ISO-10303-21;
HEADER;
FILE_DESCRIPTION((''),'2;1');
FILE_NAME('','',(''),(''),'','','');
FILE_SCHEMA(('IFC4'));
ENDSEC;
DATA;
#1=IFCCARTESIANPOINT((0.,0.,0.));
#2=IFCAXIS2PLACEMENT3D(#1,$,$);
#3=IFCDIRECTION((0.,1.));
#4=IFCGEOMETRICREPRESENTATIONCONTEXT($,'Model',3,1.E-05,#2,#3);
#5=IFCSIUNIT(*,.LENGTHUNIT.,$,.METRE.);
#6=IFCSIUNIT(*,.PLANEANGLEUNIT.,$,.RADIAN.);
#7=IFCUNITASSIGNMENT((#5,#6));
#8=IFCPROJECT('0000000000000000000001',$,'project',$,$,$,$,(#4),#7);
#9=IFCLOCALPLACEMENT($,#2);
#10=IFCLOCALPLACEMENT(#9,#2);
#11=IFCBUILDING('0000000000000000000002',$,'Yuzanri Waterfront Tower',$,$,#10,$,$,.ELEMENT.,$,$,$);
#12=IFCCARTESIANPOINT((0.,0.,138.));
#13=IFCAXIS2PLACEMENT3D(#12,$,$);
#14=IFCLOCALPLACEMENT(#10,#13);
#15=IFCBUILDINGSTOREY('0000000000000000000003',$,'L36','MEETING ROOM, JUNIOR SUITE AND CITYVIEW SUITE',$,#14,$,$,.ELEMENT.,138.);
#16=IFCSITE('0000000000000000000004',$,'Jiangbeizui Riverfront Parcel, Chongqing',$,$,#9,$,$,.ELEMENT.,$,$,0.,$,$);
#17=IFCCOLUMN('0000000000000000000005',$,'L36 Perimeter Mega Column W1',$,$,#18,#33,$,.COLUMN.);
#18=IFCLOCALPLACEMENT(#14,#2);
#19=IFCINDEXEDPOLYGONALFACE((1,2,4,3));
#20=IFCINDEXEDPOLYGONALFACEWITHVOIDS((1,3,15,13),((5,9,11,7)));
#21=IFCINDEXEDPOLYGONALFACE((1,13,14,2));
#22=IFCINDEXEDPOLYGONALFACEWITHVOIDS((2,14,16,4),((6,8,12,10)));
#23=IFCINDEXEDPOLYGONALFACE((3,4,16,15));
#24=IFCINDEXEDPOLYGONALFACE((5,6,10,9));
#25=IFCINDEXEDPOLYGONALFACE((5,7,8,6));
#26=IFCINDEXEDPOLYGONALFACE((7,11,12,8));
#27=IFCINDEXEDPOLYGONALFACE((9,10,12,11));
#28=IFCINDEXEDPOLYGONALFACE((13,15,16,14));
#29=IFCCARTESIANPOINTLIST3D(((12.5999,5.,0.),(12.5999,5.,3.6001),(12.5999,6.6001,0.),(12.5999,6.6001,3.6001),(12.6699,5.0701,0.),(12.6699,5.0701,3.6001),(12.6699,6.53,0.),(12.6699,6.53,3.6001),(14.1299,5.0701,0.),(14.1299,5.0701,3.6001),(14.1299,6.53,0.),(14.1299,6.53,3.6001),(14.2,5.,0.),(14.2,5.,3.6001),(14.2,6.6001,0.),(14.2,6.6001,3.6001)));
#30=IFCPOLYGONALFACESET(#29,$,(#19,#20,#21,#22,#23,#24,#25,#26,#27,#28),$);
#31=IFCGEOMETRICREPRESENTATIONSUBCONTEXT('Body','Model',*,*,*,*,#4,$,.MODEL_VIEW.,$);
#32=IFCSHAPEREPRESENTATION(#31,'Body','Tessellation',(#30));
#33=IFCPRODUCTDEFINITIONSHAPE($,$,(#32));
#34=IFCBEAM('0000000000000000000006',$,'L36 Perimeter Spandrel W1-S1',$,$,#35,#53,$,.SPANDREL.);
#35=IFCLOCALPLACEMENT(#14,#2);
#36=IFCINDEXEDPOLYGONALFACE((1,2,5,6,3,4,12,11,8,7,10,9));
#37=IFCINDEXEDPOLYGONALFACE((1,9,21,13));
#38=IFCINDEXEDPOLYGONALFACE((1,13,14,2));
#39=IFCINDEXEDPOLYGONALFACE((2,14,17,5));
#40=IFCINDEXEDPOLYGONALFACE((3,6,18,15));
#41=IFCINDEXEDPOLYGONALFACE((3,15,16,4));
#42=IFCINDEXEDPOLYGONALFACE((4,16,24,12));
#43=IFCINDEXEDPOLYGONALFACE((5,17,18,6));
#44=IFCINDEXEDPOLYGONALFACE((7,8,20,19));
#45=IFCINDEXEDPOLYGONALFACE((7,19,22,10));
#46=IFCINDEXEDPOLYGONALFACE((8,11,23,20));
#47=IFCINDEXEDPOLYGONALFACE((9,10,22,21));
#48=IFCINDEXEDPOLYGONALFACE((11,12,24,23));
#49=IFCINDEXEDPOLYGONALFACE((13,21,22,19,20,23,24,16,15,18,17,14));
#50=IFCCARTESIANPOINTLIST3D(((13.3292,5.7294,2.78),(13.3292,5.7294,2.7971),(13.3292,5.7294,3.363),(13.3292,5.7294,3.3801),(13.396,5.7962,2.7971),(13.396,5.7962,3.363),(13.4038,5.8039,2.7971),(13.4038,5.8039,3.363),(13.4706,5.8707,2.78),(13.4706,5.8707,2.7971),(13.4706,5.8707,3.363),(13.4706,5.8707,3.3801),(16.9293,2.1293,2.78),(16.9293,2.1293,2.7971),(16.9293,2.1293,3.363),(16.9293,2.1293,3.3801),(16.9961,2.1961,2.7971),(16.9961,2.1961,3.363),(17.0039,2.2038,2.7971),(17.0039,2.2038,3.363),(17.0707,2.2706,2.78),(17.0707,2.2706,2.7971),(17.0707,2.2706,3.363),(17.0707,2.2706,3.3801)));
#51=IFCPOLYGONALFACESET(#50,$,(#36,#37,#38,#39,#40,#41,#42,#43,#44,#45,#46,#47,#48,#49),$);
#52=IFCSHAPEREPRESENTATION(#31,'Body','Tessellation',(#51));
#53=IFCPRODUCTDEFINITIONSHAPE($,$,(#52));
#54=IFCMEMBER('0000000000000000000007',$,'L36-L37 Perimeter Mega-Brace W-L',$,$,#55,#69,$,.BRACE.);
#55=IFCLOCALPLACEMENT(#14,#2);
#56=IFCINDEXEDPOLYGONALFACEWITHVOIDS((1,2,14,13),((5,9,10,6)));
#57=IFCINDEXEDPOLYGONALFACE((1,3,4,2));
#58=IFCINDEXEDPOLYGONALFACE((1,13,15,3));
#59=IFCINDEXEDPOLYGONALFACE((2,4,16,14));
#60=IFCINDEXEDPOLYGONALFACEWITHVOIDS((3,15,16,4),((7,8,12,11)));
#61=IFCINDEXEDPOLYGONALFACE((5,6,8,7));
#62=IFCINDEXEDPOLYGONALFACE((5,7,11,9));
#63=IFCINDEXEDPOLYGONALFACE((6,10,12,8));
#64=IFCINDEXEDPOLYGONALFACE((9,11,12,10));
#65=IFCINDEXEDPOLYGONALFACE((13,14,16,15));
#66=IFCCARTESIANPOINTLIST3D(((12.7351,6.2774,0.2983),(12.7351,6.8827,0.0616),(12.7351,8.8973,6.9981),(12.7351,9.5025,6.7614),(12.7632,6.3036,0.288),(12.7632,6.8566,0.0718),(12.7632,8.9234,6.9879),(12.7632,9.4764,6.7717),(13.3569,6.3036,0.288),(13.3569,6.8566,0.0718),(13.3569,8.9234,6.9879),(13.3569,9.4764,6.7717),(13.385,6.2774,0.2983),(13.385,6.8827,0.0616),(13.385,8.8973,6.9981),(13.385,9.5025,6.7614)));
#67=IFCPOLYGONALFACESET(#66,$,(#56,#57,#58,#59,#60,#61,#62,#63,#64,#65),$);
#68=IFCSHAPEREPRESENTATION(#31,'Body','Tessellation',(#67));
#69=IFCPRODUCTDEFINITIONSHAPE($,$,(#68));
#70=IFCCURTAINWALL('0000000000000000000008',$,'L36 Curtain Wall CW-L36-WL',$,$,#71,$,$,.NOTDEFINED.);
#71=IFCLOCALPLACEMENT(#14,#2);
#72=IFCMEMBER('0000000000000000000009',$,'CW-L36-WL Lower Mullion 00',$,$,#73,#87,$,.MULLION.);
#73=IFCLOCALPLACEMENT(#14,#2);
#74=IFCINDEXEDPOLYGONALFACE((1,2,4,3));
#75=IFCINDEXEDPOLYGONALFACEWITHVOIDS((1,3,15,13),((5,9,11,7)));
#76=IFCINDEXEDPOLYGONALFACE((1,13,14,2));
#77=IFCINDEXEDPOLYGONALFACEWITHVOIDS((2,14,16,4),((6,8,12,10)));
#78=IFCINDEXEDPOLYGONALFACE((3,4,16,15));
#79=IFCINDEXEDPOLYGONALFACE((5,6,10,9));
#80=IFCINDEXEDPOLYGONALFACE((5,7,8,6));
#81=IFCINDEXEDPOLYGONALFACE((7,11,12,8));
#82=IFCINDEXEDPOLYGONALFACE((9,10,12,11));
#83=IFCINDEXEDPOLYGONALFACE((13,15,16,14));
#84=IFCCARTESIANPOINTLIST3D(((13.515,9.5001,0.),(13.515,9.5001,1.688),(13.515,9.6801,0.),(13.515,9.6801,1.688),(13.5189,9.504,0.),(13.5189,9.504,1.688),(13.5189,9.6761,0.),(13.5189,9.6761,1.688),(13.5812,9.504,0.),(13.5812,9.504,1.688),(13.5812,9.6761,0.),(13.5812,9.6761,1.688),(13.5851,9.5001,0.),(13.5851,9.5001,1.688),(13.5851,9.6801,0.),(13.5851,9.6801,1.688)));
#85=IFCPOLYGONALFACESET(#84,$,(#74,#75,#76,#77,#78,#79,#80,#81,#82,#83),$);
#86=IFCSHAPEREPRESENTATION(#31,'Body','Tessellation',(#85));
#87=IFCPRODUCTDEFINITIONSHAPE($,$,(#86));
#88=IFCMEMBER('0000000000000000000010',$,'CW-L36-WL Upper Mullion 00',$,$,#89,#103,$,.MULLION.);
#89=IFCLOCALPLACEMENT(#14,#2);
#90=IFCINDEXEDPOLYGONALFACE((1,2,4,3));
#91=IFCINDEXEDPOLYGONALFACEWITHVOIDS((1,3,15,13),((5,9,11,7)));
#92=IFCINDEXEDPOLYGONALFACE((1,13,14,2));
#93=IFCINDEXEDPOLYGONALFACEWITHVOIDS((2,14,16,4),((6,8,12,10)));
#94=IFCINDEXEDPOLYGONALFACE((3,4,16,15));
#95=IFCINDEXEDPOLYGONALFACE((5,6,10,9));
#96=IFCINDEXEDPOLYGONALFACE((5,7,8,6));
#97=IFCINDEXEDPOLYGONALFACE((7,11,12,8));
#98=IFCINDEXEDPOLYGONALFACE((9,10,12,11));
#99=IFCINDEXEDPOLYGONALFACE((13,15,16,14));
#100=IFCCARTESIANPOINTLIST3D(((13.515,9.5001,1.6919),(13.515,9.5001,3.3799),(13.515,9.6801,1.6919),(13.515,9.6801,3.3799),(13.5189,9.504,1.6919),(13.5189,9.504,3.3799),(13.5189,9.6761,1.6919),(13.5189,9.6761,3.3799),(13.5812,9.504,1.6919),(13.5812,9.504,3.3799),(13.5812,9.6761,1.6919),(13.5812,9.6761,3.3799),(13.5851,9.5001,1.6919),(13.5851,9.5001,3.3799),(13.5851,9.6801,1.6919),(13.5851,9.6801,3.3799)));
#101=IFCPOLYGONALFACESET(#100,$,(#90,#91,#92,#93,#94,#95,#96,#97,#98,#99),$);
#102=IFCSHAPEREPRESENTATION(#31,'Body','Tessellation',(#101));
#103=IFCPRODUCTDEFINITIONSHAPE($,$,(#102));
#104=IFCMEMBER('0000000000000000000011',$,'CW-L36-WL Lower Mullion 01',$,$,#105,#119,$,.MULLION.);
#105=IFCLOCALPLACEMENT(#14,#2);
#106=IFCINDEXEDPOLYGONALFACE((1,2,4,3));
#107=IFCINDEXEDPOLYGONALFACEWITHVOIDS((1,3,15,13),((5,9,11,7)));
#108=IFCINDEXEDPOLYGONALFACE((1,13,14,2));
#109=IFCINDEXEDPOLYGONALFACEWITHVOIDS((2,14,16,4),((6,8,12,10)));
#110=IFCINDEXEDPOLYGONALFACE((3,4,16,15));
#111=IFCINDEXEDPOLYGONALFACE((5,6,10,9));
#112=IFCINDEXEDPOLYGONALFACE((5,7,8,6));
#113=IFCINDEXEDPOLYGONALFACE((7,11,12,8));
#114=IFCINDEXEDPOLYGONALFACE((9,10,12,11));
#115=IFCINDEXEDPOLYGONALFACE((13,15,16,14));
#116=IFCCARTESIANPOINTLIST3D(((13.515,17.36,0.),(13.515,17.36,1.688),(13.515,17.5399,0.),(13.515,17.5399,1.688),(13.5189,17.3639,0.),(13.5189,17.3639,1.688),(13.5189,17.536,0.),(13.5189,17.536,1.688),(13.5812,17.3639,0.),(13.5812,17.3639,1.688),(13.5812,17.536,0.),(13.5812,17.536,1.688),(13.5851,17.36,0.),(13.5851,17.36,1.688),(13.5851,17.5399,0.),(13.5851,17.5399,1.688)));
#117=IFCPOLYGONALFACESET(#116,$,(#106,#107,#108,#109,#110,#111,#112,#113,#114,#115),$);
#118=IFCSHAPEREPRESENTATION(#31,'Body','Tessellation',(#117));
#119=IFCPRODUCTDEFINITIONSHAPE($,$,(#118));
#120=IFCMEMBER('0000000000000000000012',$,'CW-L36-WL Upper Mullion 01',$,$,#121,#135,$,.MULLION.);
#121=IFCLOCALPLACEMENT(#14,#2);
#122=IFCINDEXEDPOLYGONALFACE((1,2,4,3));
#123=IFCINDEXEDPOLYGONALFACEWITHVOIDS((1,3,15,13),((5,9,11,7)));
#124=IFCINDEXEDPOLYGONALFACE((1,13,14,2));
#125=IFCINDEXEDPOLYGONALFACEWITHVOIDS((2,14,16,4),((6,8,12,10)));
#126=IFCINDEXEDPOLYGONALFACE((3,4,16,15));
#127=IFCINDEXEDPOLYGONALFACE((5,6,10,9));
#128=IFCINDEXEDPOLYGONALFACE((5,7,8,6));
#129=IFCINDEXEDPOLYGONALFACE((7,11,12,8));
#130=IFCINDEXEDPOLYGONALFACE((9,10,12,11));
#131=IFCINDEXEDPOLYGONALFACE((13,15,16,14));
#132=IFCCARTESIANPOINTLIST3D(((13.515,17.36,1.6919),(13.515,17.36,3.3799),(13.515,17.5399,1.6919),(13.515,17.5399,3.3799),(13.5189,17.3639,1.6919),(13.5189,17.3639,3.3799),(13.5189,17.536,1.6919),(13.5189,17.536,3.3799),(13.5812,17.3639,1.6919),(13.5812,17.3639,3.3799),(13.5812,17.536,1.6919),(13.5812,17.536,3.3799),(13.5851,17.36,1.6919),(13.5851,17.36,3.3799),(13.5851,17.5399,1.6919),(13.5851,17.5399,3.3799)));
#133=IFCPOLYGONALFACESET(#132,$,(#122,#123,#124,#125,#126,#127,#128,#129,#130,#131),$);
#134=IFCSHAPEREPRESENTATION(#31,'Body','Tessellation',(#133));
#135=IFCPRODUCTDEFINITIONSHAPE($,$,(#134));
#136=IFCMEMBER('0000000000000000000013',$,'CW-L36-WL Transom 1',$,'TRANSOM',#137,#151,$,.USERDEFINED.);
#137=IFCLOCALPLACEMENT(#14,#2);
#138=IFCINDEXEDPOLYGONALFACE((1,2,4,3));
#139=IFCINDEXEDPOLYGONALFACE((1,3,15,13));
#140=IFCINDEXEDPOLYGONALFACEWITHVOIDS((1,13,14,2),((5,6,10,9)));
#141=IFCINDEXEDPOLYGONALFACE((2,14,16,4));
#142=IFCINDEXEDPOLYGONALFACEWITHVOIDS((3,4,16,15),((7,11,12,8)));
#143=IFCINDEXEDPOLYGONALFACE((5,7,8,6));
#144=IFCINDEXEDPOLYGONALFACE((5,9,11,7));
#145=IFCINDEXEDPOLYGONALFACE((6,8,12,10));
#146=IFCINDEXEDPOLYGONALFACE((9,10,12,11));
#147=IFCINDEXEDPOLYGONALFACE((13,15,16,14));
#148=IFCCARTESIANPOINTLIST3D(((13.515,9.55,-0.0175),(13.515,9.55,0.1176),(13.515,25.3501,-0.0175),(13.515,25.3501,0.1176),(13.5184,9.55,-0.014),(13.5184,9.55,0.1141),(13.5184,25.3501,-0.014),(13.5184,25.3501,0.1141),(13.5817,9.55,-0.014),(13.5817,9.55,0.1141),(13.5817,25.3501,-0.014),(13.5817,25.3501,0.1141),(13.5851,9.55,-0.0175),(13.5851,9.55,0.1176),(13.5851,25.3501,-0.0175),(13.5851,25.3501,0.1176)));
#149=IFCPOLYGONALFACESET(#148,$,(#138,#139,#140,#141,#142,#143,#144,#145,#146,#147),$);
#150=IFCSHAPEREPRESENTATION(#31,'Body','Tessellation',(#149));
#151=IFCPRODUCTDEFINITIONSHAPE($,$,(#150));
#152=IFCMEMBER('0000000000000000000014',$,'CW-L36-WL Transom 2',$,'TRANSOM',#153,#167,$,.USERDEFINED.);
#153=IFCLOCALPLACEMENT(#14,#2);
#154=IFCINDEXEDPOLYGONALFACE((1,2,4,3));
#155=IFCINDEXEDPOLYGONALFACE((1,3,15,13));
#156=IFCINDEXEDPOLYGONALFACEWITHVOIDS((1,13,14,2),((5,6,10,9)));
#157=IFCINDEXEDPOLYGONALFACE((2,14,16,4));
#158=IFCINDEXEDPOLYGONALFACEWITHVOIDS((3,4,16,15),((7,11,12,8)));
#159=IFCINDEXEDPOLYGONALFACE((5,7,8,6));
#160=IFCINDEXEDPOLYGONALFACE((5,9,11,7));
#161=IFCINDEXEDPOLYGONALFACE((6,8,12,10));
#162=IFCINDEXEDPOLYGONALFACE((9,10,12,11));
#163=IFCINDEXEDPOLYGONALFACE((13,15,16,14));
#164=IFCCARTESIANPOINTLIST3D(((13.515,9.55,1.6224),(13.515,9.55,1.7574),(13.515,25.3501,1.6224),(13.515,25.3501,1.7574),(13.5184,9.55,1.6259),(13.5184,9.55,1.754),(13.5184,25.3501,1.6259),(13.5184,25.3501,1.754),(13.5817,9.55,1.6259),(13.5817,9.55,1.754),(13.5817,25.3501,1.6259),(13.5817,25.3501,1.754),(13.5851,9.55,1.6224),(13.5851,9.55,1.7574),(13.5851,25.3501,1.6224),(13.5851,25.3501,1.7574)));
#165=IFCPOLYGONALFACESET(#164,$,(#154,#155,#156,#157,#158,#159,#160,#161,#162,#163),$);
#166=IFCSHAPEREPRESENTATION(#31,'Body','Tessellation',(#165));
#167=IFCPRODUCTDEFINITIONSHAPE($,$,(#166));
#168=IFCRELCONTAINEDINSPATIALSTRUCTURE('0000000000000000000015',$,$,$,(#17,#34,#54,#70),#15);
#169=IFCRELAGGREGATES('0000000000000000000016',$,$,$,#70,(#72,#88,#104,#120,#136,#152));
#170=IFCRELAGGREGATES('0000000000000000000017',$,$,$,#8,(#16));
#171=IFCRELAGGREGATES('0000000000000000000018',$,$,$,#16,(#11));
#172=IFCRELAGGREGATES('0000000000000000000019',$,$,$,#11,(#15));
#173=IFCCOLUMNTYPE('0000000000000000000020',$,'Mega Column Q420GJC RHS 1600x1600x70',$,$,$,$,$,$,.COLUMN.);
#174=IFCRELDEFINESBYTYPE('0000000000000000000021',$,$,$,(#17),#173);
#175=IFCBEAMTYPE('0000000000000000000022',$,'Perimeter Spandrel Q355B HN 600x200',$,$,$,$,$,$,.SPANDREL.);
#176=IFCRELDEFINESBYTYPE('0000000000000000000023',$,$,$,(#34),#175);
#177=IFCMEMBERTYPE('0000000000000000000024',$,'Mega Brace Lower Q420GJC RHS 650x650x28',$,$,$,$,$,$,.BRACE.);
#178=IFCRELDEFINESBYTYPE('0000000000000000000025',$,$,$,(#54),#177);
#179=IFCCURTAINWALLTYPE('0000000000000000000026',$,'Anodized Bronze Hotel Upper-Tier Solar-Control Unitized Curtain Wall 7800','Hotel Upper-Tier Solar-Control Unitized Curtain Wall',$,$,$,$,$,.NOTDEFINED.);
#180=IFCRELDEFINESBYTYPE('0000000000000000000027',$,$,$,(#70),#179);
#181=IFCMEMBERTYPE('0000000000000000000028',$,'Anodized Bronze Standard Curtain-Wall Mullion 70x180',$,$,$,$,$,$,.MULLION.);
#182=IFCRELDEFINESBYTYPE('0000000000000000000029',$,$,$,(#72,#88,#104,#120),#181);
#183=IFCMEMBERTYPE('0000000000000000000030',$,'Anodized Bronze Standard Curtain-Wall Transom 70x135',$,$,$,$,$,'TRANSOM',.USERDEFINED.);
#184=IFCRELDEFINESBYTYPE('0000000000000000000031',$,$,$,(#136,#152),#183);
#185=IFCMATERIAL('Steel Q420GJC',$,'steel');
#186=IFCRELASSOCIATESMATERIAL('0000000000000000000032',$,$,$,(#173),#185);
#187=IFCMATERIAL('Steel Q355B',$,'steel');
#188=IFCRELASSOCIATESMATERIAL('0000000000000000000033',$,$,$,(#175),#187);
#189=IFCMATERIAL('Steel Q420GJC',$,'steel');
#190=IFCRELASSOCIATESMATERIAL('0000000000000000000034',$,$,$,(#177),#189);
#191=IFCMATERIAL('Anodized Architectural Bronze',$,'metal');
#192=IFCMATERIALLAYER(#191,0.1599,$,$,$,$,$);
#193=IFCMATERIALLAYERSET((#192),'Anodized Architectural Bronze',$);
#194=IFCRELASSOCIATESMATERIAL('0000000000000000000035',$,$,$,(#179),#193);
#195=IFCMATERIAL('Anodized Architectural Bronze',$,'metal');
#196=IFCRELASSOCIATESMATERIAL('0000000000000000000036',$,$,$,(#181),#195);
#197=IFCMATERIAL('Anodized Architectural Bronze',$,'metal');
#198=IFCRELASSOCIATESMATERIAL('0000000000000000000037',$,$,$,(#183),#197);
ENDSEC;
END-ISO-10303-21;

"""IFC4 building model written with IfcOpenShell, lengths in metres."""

from ifc_helpers import new_model, si_unit, direction, frame, origin, origin_2d, place, context, subcontext, project, spatial, hollow_rectangle, i_section, extrude, source, transform, mapped, material, layer, layer_set, material_profile, profile_set, type_object, element, aggregate, save


model = new_model("IFC4")

# Units and contexts
model_context = context("Model", 3, precision=1e-05, world=origin(), true_north=direction((0.0, 1.0)))
body_context = subcontext(model_context, "Body", "Model", "MODEL_VIEW")
ifc_project = project(units=[si_unit("LENGTHUNIT", "METRE"), si_unit("PLANEANGLEUNIT", "RADIAN")], contexts=[model_context])

# Site, building, storey
site_placement = place(None, origin())
site = spatial("IfcSite", under=ifc_project, at=site_placement, Name="Jiangbeizui Riverfront Parcel, Chongqing", CompositionType="ELEMENT", RefElevation=0.0)
building_placement = place(site_placement, origin())
building = spatial("IfcBuilding", under=site, at=building_placement, Name="Yuzanri Waterfront Tower", CompositionType="ELEMENT")
storey_placement = place(building_placement, frame((0.0, 0.0, 138.0)))
storey = spatial("IfcBuildingStorey", under=building, at=storey_placement, Name="L36", Description="MEETING ROOM, JUNIOR SUITE AND CITYVIEW SUITE", CompositionType="ELEMENT", Elevation=138.0)

# Column
ifc_material_1 = material(Name="Steel Q420GJC", Category="steel")
ifc_material_profile_1 = material_profile(ifc_material_1, hollow_rectangle(XDim=1.6001, YDim=1.6001, WallThickness=0.0701, at=origin_2d()), Name="RHS 1600x1600x70")
ifc_profile_set_1 = profile_set([ifc_material_profile_1], Name="Steel Q420GJC")
column_type = type_object("IfcColumnType", Name="Mega Column Q420GJC RHS 1600x1600x70", PredefinedType="COLUMN", material=ifc_profile_set_1)
shared_shape_1 = source(origin(), body_context, "Body", "SweptSolid", [
    extrude(hollow_rectangle(XDim=1.6001, YDim=1.6001, WallThickness=0.0701, at=origin_2d()), origin(), (0.0, 0.0, 1.0), 3.6001),
])
column_placement = place(storey_placement, frame((13.3999, 5.8, 0.0), z_axis=(0.0, 0.0, 1.0), x_axis=(1.0, 0.0, 0.0)))
element("IfcColumn", 1, at=column_placement, inside=storey, type_object=column_type, Name="L36 Perimeter Mega Column W1", PredefinedType="COLUMN", context=body_context, shape_type="MappedRepresentation", body=[
    mapped(shared_shape_1, transform((0.0, 0.0, 0.0), scale=1.0)),
])

# Beam
ifc_material_2 = material(Name="Steel Q355B", Category="steel")
ifc_material_profile_2 = material_profile(ifc_material_2, i_section(OverallWidth=0.2, OverallDepth=0.6001, WebThickness=0.011, FlangeThickness=0.0171, at=origin_2d()), Name="HN 600x200x11x17")
ifc_profile_set_2 = profile_set([ifc_material_profile_2], Name="Steel Q355B")
beam_type = type_object("IfcBeamType", Name="Perimeter Spandrel Q355B HN 600x200", PredefinedType="SPANDREL", material=ifc_profile_set_2)
shared_shape_2 = source(origin(), body_context, "Body", "SweptSolid", [
    extrude(i_section(OverallWidth=0.2, OverallDepth=0.6001, WebThickness=0.011, FlangeThickness=0.0171, at=origin_2d()), origin(), (0.0, 0.0, 1.0), 5.0913),
])
beam_placement = place(storey_placement, frame((13.3999, 5.8, 3.0801), z_axis=(0.707107, -0.707107, 0.0), x_axis=(0.707107, 0.707107, 0.0)))
element("IfcBeam", 2, at=beam_placement, inside=storey, type_object=beam_type, Name="L36 Perimeter Spandrel W1-S1", PredefinedType="SPANDREL", context=body_context, shape_type="MappedRepresentation", body=[
    mapped(shared_shape_2, transform((0.0, 0.0, 0.0), scale=1.0)),
])

# Member
ifc_material_3 = material(Name="Steel Q420GJC", Category="steel")
ifc_material_profile_3 = material_profile(ifc_material_3, hollow_rectangle(XDim=0.6499, YDim=0.6499, WallThickness=0.0281, at=origin_2d()), Name="RHS 650x650x28")
ifc_profile_set_3 = profile_set([ifc_material_profile_3], Name="Steel Q420GJC")
member_type_1 = type_object("IfcMemberType", Name="Mega Brace Lower Q420GJC RHS 650x650x28", PredefinedType="BRACE", material=ifc_profile_set_3)
shared_shape_3 = source(origin(), body_context, "Body", "SweptSolid", [
    extrude(hollow_rectangle(XDim=0.6499, YDim=0.6499, WallThickness=0.0281, at=origin_2d()), origin(), (0.0, 0.0, 1.0), 7.1938),
])
member_1_placement = place(storey_placement, frame((13.0601, 6.5801, 0.1799), z_axis=(0.0, 0.364177, 0.93133), x_axis=(-1.0, 0.0, 0.0)))
element("IfcMember", 3, at=member_1_placement, inside=storey, type_object=member_type_1, Name="L36-L37 Perimeter Mega-Brace W-L", PredefinedType="BRACE", context=body_context, shape_type="MappedRepresentation", body=[
    mapped(shared_shape_3, transform((0.0, 0.0, 0.0), scale=1.0)),
])

# Curtain wall, members
ifc_material_4 = material(Name="Anodized Architectural Bronze", Category="metal")
ifc_layer_1 = layer(ifc_material_4, 0.1599)
ifc_layer_set_1 = layer_set([ifc_layer_1], Name="Anodized Architectural Bronze")
curtain_wall_type = type_object("IfcCurtainWallType", Name="Anodized Bronze Hotel Upper-Tier Solar-Control Unitized Curtain Wall 7800", Description="Hotel Upper-Tier Solar-Control Unitized Curtain Wall", PredefinedType="NOTDEFINED", material=ifc_layer_set_1)
curtain_wall_placement = place(storey_placement, origin())
curtain_wall = element("IfcCurtainWall", 4, at=curtain_wall_placement, inside=storey, type_object=curtain_wall_type, Name="L36 Curtain Wall CW-L36-WL", PredefinedType="NOTDEFINED")
ifc_material_5 = material(Name="Anodized Architectural Bronze", Category="metal")
ifc_material_profile_4 = material_profile(ifc_material_5, hollow_rectangle(XDim=0.0701, YDim=0.1799, WallThickness=0.0039, at=origin_2d()), Name="CWM 70x180")
ifc_profile_set_4 = profile_set([ifc_material_profile_4], Name="Anodized Architectural Bronze")
member_type_2 = type_object("IfcMemberType", Name="Anodized Bronze Standard Curtain-Wall Mullion 70x180", PredefinedType="MULLION", material=ifc_profile_set_4)
shared_shape_4 = source(origin(), body_context, "Body", "SweptSolid", [
    extrude(hollow_rectangle(XDim=0.0701, YDim=0.1799, WallThickness=0.0039, at=origin_2d()), origin(), (0.0, 0.0, 1.0), 1.688),
])
member_2_placement = place(storey_placement, frame((13.55, 9.5901, 0.0), z_axis=(0.0, 0.0, 1.0), x_axis=(1.0, 0.0, 0.0)))
member_2 = element("IfcMember", 5, at=member_2_placement, type_object=member_type_2, Name="CW-L36-WL Lower Mullion 00", PredefinedType="MULLION", context=body_context, shape_type="MappedRepresentation", body=[
    mapped(shared_shape_4, transform((0.0, 0.0, 0.0), scale=1.0)),
])
member_3_placement = place(storey_placement, frame((13.55, 9.5901, 1.6919), z_axis=(0.0, 0.0, 1.0), x_axis=(1.0, 0.0, 0.0)))
member_3 = element("IfcMember", 6, at=member_3_placement, type_object=member_type_2, Name="CW-L36-WL Upper Mullion 00", PredefinedType="MULLION", context=body_context, shape_type="MappedRepresentation", body=[
    mapped(shared_shape_4, transform((0.0, 0.0, 0.0), scale=1.0)),
])
member_4_placement = place(storey_placement, frame((13.55, 17.45, 0.0), z_axis=(0.0, 0.0, 1.0), x_axis=(1.0, 0.0, 0.0)))
member_4 = element("IfcMember", 7, at=member_4_placement, type_object=member_type_2, Name="CW-L36-WL Lower Mullion 01", PredefinedType="MULLION", context=body_context, shape_type="MappedRepresentation", body=[
    mapped(shared_shape_4, transform((0.0, 0.0, 0.0), scale=1.0)),
])
member_5_placement = place(storey_placement, frame((13.55, 17.45, 1.6919), z_axis=(0.0, 0.0, 1.0), x_axis=(1.0, 0.0, 0.0)))
member_5 = element("IfcMember", 8, at=member_5_placement, type_object=member_type_2, Name="CW-L36-WL Upper Mullion 01", PredefinedType="MULLION", context=body_context, shape_type="MappedRepresentation", body=[
    mapped(shared_shape_4, transform((0.0, 0.0, 0.0), scale=1.0)),
])
ifc_material_6 = material(Name="Anodized Architectural Bronze", Category="metal")
ifc_material_profile_5 = material_profile(ifc_material_6, hollow_rectangle(XDim=0.0701, YDim=0.135, WallThickness=0.0034, at=origin_2d()), Name="CWT 70x135")
ifc_profile_set_5 = profile_set([ifc_material_profile_5], Name="Anodized Architectural Bronze")
member_type_3 = type_object("IfcMemberType", Name="Anodized Bronze Standard Curtain-Wall Transom 70x135", ElementType="TRANSOM", PredefinedType="USERDEFINED", material=ifc_profile_set_5)
shared_shape_5 = source(origin(), body_context, "Body", "SweptSolid", [
    extrude(hollow_rectangle(XDim=0.0701, YDim=0.135, WallThickness=0.0034, at=origin_2d()), origin(), (0.0, 0.0, 1.0), 15.8),
])
member_6_placement = place(storey_placement, frame((13.55, 9.55, 0.05), z_axis=(0.0, 1.0, 0.0), x_axis=(-1.0, 0.0, 0.0)))
member_6 = element("IfcMember", 9, at=member_6_placement, type_object=member_type_3, Name="CW-L36-WL Transom 1", ObjectType="TRANSOM", PredefinedType="USERDEFINED", context=body_context, shape_type="MappedRepresentation", body=[
    mapped(shared_shape_5, transform((0.0, 0.0, 0.0), scale=1.0)),
])
member_7_placement = place(storey_placement, frame((13.55, 9.55, 1.6899), z_axis=(0.0, 1.0, 0.0), x_axis=(-1.0, 0.0, 0.0)))
member_7 = element("IfcMember", 10, at=member_7_placement, type_object=member_type_3, Name="CW-L36-WL Transom 2", ObjectType="TRANSOM", PredefinedType="USERDEFINED", context=body_context, shape_type="MappedRepresentation", body=[
    mapped(shared_shape_5, transform((0.0, 0.0, 0.0), scale=1.0)),
])

aggregate(curtain_wall, [member_2, member_3, member_4, member_5, member_6, member_7])

save(model, "model.ifc")
